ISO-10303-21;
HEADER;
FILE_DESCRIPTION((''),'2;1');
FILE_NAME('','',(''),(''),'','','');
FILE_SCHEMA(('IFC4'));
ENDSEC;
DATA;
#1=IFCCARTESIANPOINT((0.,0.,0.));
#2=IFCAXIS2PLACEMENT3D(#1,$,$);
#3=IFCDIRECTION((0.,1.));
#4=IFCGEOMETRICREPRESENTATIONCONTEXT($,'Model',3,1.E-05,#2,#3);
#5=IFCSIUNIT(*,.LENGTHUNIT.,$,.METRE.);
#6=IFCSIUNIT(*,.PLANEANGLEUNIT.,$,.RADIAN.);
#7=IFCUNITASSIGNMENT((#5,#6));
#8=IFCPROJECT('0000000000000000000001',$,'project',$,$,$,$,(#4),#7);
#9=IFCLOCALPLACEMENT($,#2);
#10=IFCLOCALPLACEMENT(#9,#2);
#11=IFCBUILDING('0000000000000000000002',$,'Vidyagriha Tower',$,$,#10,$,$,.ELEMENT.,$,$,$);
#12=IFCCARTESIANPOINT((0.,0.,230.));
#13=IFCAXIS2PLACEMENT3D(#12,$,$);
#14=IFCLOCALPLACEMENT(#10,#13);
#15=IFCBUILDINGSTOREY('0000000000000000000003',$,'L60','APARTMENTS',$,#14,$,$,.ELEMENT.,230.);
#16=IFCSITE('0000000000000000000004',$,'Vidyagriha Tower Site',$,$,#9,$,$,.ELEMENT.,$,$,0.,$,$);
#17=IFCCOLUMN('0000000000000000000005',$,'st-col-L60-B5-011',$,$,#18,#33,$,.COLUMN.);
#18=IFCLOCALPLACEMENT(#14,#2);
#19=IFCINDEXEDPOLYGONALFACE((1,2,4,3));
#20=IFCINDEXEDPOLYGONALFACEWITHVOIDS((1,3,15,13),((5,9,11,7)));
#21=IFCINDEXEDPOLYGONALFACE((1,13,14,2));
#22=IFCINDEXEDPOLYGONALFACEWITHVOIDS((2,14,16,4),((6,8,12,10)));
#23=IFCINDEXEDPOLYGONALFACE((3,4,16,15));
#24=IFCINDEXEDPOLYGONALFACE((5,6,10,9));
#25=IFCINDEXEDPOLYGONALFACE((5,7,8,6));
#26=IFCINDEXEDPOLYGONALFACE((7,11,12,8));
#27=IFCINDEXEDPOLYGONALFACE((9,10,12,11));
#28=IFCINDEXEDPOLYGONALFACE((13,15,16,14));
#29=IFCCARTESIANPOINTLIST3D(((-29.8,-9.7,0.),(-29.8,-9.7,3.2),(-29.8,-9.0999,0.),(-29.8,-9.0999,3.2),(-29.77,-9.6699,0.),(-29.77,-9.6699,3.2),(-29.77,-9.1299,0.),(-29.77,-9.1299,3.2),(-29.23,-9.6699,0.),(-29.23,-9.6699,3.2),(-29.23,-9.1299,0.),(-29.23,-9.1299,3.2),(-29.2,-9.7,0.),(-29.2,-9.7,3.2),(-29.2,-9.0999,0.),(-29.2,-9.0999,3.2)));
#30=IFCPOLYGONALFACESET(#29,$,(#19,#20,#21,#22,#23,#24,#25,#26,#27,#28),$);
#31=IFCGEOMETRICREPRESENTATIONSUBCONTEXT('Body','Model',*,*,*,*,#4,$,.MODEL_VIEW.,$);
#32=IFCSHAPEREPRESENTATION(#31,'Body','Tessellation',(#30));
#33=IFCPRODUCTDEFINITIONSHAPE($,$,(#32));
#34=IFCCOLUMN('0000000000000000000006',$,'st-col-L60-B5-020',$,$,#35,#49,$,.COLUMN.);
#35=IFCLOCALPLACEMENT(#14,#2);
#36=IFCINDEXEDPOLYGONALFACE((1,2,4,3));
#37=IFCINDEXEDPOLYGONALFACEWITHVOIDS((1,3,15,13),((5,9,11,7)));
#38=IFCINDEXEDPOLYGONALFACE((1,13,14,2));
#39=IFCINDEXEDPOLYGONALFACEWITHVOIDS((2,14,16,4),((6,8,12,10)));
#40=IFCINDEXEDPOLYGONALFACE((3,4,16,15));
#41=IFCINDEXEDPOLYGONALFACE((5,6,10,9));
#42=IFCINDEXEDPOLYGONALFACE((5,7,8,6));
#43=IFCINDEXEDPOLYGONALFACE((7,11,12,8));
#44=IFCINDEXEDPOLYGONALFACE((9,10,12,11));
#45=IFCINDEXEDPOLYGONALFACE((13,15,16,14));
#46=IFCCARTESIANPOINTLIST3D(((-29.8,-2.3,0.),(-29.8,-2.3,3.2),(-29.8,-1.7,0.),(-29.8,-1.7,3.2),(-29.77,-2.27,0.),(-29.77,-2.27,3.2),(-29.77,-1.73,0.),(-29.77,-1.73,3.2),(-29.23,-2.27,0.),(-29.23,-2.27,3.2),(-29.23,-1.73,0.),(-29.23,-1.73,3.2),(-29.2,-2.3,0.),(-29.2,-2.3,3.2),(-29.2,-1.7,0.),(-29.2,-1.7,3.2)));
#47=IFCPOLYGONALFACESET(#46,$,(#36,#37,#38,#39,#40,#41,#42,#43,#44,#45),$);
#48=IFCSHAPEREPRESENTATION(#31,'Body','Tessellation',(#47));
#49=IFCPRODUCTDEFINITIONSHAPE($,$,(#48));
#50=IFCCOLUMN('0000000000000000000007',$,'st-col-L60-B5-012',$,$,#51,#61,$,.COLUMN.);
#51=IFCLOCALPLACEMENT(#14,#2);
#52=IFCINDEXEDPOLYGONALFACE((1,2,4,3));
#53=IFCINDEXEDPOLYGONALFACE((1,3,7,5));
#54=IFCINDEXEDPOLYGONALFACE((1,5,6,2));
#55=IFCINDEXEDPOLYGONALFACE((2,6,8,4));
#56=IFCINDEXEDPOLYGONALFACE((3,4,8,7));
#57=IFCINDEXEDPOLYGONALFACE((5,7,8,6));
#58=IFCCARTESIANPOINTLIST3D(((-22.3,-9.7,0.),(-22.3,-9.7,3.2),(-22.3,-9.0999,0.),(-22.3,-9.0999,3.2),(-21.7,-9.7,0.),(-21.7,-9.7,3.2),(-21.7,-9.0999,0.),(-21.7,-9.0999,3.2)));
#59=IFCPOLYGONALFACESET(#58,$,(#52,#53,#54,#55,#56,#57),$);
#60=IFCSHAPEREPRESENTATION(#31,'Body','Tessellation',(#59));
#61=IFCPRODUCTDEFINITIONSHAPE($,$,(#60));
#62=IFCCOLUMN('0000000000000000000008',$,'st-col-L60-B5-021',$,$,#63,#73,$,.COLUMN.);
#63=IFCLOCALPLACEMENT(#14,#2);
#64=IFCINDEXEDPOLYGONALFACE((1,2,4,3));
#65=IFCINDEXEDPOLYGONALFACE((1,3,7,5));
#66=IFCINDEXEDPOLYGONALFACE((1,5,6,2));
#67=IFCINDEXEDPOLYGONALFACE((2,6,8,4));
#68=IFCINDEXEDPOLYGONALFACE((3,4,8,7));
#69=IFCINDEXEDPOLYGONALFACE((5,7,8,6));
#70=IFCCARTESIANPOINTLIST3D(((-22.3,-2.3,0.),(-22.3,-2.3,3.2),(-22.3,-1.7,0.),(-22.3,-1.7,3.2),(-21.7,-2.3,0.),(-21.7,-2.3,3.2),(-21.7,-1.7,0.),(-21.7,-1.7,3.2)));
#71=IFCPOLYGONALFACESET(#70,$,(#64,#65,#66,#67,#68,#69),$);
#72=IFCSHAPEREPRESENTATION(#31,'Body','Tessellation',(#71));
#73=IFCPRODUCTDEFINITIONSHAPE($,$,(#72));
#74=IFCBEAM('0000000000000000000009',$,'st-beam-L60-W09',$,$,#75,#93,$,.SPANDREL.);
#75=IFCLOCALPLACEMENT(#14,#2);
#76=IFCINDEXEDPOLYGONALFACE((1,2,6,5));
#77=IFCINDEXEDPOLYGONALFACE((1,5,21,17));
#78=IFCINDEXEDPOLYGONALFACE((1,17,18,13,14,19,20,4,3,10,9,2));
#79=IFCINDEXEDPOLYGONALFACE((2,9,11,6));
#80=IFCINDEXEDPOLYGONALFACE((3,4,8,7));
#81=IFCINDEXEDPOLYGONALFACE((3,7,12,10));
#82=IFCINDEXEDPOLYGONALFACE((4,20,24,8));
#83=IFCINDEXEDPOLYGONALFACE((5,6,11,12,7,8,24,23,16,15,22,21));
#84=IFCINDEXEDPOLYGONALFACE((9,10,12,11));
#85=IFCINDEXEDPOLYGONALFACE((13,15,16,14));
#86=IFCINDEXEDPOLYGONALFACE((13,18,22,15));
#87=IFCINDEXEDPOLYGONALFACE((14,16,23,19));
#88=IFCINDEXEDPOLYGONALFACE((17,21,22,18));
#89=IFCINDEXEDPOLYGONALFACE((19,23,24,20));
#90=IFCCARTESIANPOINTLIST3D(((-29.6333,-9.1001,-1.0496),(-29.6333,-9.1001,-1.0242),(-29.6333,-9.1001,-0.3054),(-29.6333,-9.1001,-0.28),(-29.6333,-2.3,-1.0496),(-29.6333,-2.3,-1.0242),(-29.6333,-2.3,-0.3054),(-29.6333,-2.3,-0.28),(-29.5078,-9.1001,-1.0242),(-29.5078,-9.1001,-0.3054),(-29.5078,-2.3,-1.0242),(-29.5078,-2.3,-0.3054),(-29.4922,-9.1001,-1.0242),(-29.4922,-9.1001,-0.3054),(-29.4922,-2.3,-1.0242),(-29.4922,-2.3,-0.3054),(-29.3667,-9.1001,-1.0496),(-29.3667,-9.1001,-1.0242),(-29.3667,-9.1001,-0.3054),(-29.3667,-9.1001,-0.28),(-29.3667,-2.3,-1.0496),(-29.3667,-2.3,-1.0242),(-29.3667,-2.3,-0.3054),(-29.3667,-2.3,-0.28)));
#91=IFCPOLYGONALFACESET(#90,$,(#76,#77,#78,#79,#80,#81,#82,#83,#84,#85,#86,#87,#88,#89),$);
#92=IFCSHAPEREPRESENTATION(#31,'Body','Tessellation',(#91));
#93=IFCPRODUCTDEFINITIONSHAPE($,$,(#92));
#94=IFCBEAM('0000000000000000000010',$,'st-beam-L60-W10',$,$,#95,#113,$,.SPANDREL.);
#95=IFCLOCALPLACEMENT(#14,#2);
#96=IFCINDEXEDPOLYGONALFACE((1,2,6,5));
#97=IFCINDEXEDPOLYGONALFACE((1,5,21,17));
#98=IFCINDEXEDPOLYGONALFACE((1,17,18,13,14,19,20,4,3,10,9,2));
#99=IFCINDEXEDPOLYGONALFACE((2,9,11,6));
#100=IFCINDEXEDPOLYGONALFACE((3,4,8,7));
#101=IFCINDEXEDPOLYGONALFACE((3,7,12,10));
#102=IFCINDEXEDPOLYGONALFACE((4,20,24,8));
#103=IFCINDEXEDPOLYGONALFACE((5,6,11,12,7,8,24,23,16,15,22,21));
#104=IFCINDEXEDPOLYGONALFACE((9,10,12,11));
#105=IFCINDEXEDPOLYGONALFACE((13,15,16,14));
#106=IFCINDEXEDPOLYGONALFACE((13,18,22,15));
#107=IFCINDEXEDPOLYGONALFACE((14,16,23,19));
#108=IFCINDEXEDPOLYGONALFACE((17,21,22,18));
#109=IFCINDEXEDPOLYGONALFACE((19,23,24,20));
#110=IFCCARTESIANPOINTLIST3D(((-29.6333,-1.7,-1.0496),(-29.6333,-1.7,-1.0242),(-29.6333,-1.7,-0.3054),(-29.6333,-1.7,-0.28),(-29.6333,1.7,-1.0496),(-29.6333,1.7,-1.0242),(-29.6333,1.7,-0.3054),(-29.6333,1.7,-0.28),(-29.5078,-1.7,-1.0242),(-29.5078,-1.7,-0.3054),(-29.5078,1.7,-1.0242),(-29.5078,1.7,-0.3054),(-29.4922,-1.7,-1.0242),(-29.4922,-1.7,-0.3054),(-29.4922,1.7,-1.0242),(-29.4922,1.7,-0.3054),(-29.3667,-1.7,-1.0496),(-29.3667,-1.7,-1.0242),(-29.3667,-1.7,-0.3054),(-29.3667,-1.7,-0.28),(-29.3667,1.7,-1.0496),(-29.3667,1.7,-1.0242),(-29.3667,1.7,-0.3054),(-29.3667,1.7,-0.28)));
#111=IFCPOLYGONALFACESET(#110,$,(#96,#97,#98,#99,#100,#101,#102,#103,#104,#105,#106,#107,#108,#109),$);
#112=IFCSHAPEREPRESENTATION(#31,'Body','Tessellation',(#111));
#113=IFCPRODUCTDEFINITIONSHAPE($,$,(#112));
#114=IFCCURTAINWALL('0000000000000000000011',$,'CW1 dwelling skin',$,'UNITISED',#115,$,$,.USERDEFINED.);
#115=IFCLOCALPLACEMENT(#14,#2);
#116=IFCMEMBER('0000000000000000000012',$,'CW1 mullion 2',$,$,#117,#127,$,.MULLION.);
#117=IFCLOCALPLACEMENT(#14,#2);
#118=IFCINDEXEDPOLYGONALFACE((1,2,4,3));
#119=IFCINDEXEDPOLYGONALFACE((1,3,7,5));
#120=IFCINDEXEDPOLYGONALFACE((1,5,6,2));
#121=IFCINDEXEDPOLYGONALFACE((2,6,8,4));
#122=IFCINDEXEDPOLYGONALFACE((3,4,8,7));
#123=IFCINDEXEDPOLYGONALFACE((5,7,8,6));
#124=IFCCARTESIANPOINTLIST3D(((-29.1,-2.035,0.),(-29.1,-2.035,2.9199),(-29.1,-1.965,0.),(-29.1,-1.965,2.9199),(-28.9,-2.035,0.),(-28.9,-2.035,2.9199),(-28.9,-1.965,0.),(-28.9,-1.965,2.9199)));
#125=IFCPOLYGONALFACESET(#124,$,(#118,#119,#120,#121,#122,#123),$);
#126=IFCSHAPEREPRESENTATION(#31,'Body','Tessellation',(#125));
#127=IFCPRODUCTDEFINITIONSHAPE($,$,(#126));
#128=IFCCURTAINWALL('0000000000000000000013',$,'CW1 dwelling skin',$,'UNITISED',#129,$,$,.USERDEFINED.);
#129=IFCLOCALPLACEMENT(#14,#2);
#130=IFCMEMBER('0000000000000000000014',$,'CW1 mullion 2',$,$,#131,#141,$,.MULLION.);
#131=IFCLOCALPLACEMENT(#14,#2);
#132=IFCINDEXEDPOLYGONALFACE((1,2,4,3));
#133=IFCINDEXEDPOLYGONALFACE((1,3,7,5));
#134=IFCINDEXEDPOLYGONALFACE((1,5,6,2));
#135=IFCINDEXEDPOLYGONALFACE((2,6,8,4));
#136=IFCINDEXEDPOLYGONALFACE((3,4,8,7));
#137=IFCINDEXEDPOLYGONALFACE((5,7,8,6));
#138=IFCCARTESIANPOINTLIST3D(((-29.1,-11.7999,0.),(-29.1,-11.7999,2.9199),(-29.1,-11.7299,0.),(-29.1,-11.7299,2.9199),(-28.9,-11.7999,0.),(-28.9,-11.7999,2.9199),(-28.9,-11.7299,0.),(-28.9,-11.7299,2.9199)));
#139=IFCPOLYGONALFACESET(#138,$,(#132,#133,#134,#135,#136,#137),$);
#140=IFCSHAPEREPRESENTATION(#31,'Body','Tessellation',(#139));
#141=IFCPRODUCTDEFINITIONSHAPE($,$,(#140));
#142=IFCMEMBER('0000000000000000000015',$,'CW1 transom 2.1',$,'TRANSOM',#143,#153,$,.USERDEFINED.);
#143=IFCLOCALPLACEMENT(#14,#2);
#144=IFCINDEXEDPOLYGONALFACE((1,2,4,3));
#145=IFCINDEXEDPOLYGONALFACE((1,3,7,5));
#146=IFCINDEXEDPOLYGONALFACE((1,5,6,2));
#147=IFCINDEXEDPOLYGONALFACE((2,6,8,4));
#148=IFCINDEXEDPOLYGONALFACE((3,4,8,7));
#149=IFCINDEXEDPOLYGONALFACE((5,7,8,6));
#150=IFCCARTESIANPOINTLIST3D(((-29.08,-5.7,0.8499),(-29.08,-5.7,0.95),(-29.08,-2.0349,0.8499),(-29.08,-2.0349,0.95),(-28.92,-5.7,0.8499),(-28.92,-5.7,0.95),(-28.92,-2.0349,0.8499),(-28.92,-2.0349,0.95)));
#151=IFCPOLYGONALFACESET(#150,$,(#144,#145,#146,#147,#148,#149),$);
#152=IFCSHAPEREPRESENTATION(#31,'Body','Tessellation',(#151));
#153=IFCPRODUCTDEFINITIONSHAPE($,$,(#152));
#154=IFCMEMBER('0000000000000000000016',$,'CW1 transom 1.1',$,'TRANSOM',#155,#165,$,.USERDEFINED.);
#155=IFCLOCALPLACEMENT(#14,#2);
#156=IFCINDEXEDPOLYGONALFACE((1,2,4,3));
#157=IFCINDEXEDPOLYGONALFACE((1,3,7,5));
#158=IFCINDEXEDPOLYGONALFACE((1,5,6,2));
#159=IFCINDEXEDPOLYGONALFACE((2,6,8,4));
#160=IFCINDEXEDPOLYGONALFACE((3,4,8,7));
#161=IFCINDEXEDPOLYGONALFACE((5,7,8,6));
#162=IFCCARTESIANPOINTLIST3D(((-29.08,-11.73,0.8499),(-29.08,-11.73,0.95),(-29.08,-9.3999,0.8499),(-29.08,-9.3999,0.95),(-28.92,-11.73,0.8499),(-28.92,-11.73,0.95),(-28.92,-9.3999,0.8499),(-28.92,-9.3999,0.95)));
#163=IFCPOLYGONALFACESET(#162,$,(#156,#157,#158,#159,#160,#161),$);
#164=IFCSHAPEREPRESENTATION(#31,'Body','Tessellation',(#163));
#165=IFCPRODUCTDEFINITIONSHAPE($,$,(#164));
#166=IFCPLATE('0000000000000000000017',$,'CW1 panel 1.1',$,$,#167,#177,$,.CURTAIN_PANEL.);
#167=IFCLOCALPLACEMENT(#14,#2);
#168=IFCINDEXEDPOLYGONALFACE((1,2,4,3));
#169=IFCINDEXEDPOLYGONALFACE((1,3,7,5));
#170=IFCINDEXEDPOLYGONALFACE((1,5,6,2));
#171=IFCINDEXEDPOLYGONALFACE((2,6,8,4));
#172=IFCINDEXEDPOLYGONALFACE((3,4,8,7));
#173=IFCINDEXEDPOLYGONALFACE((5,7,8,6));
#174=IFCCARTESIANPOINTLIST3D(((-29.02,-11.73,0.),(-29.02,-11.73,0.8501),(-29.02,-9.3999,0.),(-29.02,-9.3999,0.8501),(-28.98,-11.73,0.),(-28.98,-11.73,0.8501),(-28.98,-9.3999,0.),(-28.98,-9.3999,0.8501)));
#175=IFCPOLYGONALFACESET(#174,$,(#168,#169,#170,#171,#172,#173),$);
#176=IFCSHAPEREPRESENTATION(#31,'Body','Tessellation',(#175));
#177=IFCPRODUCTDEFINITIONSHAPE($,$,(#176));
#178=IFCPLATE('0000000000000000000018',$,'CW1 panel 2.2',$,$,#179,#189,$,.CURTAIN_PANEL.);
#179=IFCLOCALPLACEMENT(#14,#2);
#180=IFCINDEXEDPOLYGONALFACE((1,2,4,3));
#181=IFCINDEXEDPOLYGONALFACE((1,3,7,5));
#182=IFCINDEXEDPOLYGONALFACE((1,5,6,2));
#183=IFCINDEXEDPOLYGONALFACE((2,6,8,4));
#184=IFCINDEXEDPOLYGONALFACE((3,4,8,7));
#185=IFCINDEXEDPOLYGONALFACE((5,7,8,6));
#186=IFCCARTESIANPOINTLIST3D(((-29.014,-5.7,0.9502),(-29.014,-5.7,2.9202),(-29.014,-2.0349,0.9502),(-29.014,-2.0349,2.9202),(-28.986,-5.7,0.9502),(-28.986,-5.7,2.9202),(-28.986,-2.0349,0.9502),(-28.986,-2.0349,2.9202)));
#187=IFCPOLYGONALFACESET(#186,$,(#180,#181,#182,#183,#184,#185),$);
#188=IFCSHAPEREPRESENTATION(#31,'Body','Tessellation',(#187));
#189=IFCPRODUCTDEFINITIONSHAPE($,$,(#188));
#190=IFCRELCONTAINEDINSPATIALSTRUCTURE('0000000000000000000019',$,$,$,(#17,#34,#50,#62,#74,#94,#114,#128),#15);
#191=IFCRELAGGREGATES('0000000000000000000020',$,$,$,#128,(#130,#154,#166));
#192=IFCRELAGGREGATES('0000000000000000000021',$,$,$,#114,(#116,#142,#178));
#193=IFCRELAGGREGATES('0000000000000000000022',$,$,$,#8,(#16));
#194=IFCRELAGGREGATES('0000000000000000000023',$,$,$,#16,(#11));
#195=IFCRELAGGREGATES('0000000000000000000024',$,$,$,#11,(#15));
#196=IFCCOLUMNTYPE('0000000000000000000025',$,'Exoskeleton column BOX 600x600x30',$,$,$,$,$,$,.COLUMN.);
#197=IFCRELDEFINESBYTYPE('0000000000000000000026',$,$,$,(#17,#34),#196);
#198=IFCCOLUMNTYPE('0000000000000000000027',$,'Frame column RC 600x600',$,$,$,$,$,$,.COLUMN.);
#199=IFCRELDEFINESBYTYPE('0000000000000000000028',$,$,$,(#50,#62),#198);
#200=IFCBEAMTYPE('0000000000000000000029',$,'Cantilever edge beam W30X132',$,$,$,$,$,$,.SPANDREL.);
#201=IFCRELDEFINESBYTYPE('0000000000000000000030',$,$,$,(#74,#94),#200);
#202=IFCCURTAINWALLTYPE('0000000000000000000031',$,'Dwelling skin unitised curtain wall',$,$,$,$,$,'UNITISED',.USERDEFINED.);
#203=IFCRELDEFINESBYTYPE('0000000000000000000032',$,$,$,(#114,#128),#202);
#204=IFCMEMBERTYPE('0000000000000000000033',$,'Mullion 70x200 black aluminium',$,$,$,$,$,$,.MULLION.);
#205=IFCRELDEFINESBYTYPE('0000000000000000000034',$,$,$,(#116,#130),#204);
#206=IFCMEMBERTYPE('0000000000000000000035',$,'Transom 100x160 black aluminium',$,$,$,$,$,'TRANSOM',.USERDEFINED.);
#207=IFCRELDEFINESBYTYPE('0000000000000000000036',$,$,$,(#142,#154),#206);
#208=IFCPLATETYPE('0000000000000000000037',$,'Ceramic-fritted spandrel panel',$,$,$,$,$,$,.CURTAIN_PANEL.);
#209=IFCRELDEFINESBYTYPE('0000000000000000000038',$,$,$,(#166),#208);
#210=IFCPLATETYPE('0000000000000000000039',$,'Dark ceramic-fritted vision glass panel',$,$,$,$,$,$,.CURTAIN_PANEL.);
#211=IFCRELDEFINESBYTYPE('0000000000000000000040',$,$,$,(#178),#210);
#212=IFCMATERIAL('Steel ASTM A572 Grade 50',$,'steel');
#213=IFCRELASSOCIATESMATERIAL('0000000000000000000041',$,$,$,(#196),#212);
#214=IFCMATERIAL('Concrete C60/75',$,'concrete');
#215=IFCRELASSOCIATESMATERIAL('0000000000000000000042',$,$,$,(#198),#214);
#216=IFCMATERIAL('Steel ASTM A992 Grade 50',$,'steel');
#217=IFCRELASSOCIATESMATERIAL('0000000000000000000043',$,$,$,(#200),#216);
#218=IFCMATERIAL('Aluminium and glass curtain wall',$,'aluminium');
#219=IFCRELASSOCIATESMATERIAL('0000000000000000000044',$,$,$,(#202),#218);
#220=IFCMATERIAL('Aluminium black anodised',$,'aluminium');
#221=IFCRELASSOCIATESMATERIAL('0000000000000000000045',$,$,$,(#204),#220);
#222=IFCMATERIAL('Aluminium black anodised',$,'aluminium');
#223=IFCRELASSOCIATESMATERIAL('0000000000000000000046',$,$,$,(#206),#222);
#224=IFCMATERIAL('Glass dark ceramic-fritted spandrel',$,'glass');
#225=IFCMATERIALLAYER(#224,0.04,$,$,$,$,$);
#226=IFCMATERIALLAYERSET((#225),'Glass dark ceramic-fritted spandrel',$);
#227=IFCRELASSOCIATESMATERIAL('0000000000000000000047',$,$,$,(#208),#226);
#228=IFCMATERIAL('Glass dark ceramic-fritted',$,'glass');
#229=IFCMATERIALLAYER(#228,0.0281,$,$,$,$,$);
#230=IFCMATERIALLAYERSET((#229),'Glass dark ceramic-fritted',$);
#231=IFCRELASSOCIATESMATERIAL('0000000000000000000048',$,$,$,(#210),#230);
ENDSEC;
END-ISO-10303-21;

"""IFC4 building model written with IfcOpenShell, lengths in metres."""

from ifc_helpers import new_model, si_unit, direction, frame, origin, origin_2d, place, context, subcontext, project, spatial, rectangle, hollow_rectangle, i_section, extrude, material, layer, layer_set, material_profile, profile_set, type_object, element, aggregate, save


model = new_model("IFC4")

# Units and contexts
model_context = context("Model", 3, precision=1e-05, world=origin(), true_north=direction((0.0, 1.0)))
body_context = subcontext(model_context, "Body", "Model", "MODEL_VIEW")
ifc_project = project(units=[si_unit("LENGTHUNIT", "METRE"), si_unit("PLANEANGLEUNIT", "RADIAN")], contexts=[model_context])

# Site, building, storey
site_placement = place(None, origin())
site = spatial("IfcSite", under=ifc_project, at=site_placement, Name="Vidyagriha Tower Site", CompositionType="ELEMENT", RefElevation=0.0)
building_placement = place(site_placement, origin())
building = spatial("IfcBuilding", under=site, at=building_placement, Name="Vidyagriha Tower", CompositionType="ELEMENT")
storey_placement = place(building_placement, frame((0.0, 0.0, 230.0)))
storey = spatial("IfcBuildingStorey", under=building, at=storey_placement, Name="L60", Description="APARTMENTS", CompositionType="ELEMENT", Elevation=230.0)

# Columns
ifc_material_1 = material(Name="Steel ASTM A572 Grade 50", Category="steel")
ifc_material_profile_1 = material_profile(ifc_material_1, hollow_rectangle(XDim=0.6001, YDim=0.6001, WallThickness=0.03, at=origin_2d()), Name="BOX 600x600x30")
ifc_profile_set_1 = profile_set([ifc_material_profile_1], Name="Steel ASTM A572 Grade 50")
column_type_1 = type_object("IfcColumnType", Name="Exoskeleton column BOX 600x600x30", PredefinedType="COLUMN", material=ifc_profile_set_1)
for number, where, name in (
    (1, (-29.5, -9.3999, 0.0), "st-col-L60-B5-011"),
    (2, (-29.5, -2.0, 0.0), "st-col-L60-B5-020"),
):
    element("IfcColumn", number, at=place(storey_placement, frame(where)), inside=storey, type_object=column_type_1, Name=name, PredefinedType="COLUMN", context=body_context, shape_type="SweptSolid", body=[
        extrude(hollow_rectangle(XDim=0.6001, YDim=0.6001, WallThickness=0.03, at=origin_2d()), origin(), (0.0, 0.0, 1.0), 3.2),
    ])
ifc_material_2 = material(Name="Concrete C60/75", Category="concrete")
ifc_material_profile_2 = material_profile(ifc_material_2, rectangle(XDim=0.6001, YDim=0.6001, at=origin_2d()), Name="RC 600x600")
ifc_profile_set_2 = profile_set([ifc_material_profile_2], Name="Concrete C60/75")
column_type_2 = type_object("IfcColumnType", Name="Frame column RC 600x600", PredefinedType="COLUMN", material=ifc_profile_set_2)
for number, where, name in (
    (3, (-22.0, -9.3999, 0.0), "st-col-L60-B5-012"),
    (4, (-22.0, -2.0, 0.0), "st-col-L60-B5-021"),
):
    element("IfcColumn", number, at=place(storey_placement, frame(where)), inside=storey, type_object=column_type_2, Name=name, PredefinedType="COLUMN", context=body_context, shape_type="SweptSolid", body=[
        extrude(rectangle(XDim=0.6001, YDim=0.6001, at=origin_2d()), origin(), (0.0, 0.0, 1.0), 3.2),
    ])

# Beams
ifc_material_3 = material(Name="Steel ASTM A992 Grade 50", Category="steel")
ifc_material_profile_3 = material_profile(ifc_material_3, i_section(OverallWidth=0.2666, OverallDepth=0.7695, WebThickness=0.0156, FlangeThickness=0.0254, at=origin_2d()), Name="W30X132")
ifc_profile_set_3 = profile_set([ifc_material_profile_3], Name="Steel ASTM A992 Grade 50")
beam_type = type_object("IfcBeamType", Name="Cantilever edge beam W30X132", PredefinedType="SPANDREL", material=ifc_profile_set_3)
beam_1_placement = place(storey_placement, frame((-29.5, -9.1001, -0.6648), z_axis=(0.0, 1.0, 0.0), x_axis=(-1.0, 0.0, 0.0)))
element("IfcBeam", 5, at=beam_1_placement, inside=storey, type_object=beam_type, Name="st-beam-L60-W09", PredefinedType="SPANDREL", context=body_context, shape_type="SweptSolid", body=[
    extrude(i_section(OverallWidth=0.2666, OverallDepth=0.7695, WebThickness=0.0156, FlangeThickness=0.0254, at=origin_2d()), origin(), (0.0, 0.0, 1.0), 6.8),
])
beam_2_placement = place(storey_placement, frame((-29.5, -1.7, -0.6648), z_axis=(0.0, 1.0, 0.0), x_axis=(-1.0, 0.0, 0.0)))
element("IfcBeam", 6, at=beam_2_placement, inside=storey, type_object=beam_type, Name="st-beam-L60-W10", PredefinedType="SPANDREL", context=body_context, shape_type="SweptSolid", body=[
    extrude(i_section(OverallWidth=0.2666, OverallDepth=0.7695, WebThickness=0.0156, FlangeThickness=0.0254, at=origin_2d()), origin(), (0.0, 0.0, 1.0), 3.3999),
])

# Curtain walls, members
ifc_material_4 = material(Name="Aluminium and glass curtain wall", Category="aluminium")
curtain_wall_type = type_object("IfcCurtainWallType", Name="Dwelling skin unitised curtain wall", ElementType="UNITISED", PredefinedType="USERDEFINED", material=ifc_material_4)
curtain_wall_1_placement = place(storey_placement, origin())
curtain_wall_1 = element("IfcCurtainWall", 7, at=curtain_wall_1_placement, inside=storey, type_object=curtain_wall_type, Name="CW1 dwelling skin", ObjectType="UNITISED", PredefinedType="USERDEFINED")
ifc_material_5 = material(Name="Aluminium black anodised", Category="aluminium")
ifc_material_profile_4 = material_profile(ifc_material_5, rectangle(XDim=0.2, YDim=0.0701, at=origin_2d()), Name="Mullion 70x200 black aluminium")
ifc_profile_set_4 = profile_set([ifc_material_profile_4], Name="Aluminium black anodised")
member_type_1 = type_object("IfcMemberType", Name="Mullion 70x200 black aluminium", PredefinedType="MULLION", material=ifc_profile_set_4)
member_1_placement = place(storey_placement, frame((-29.0, -2.0, 0.0)))
member_1 = element("IfcMember", 8, at=member_1_placement, type_object=member_type_1, Name="CW1 mullion 2", PredefinedType="MULLION", context=body_context, shape_type="SweptSolid", body=[
    extrude(rectangle(XDim=0.2, YDim=0.0701, at=origin_2d()), origin(), (0.0, 0.0, 1.0), 2.9199),
])
curtain_wall_2_placement = place(storey_placement, origin())
curtain_wall_2 = element("IfcCurtainWall", 9, at=curtain_wall_2_placement, inside=storey, type_object=curtain_wall_type, Name="CW1 dwelling skin", ObjectType="UNITISED", PredefinedType="USERDEFINED")
member_2_placement = place(storey_placement, frame((-29.0, -11.7649, 0.0)))
member_2 = element("IfcMember", 10, at=member_2_placement, type_object=member_type_1, Name="CW1 mullion 2", PredefinedType="MULLION", context=body_context, shape_type="SweptSolid", body=[
    extrude(rectangle(XDim=0.2, YDim=0.0701, at=origin_2d()), origin(), (0.0, 0.0, 1.0), 2.9199),
])

# Members
ifc_material_6 = material(Name="Aluminium black anodised", Category="aluminium")
ifc_material_profile_5 = material_profile(ifc_material_6, rectangle(XDim=0.1599, YDim=0.1001, at=origin_2d()), Name="Transom 100x160 black aluminium")
ifc_profile_set_5 = profile_set([ifc_material_profile_5], Name="Aluminium black anodised")
member_type_2 = type_object("IfcMemberType", Name="Transom 100x160 black aluminium", ElementType="TRANSOM", PredefinedType="USERDEFINED", material=ifc_profile_set_5)
member_3_placement = place(storey_placement, frame((-29.0, -2.0349, 0.8999), z_axis=(0.0, -1.0, 0.0), x_axis=(1.0, 0.0, 0.0)))
member_3 = element("IfcMember", 11, at=member_3_placement, type_object=member_type_2, Name="CW1 transom 2.1", ObjectType="TRANSOM", PredefinedType="USERDEFINED", context=body_context, shape_type="SweptSolid", body=[
    extrude(rectangle(XDim=0.1599, YDim=0.1001, at=origin_2d()), origin(), (0.0, 0.0, 1.0), 3.665),
])
member_4_placement = place(storey_placement, frame((-29.0, -9.3999, 0.8999), z_axis=(0.0, -1.0, 0.0), x_axis=(1.0, 0.0, 0.0)))
member_4 = element("IfcMember", 12, at=member_4_placement, type_object=member_type_2, Name="CW1 transom 1.1", ObjectType="TRANSOM", PredefinedType="USERDEFINED", context=body_context, shape_type="SweptSolid", body=[
    extrude(rectangle(XDim=0.1599, YDim=0.1001, at=origin_2d()), origin(), (0.0, 0.0, 1.0), 2.3301),
])

# Plates
ifc_material_7 = material(Name="Glass dark ceramic-fritted spandrel", Category="glass")
ifc_layer_1 = layer(ifc_material_7, 0.04)
ifc_layer_set_1 = layer_set([ifc_layer_1], Name="Glass dark ceramic-fritted spandrel")
plate_type_1 = type_object("IfcPlateType", Name="Ceramic-fritted spandrel panel", PredefinedType="CURTAIN_PANEL", material=ifc_layer_set_1)
plate_1_placement = place(storey_placement, frame((-29.0, -10.5649, 0.0), z_axis=(0.0, 0.0, 1.0), x_axis=(0.0, -1.0, 0.0)))
plate_1 = element("IfcPlate", 13, at=plate_1_placement, type_object=plate_type_1, Name="CW1 panel 1.1", PredefinedType="CURTAIN_PANEL", context=body_context, shape_type="SweptSolid", body=[
    extrude(rectangle(XDim=2.3301, YDim=0.04, at=origin_2d()), origin(), (0.0, 0.0, 1.0), 0.8501),
])
ifc_material_8 = material(Name="Glass dark ceramic-fritted", Category="glass")
ifc_layer_2 = layer(ifc_material_8, 0.0281)
ifc_layer_set_2 = layer_set([ifc_layer_2], Name="Glass dark ceramic-fritted")
plate_type_2 = type_object("IfcPlateType", Name="Dark ceramic-fritted vision glass panel", PredefinedType="CURTAIN_PANEL", material=ifc_layer_set_2)
plate_2_placement = place(storey_placement, frame((-29.0, -3.8674, 0.9502), z_axis=(0.0, 0.0, 1.0), x_axis=(0.0, -1.0, 0.0)))
plate_2 = element("IfcPlate", 14, at=plate_2_placement, type_object=plate_type_2, Name="CW1 panel 2.2", PredefinedType="CURTAIN_PANEL", context=body_context, shape_type="SweptSolid", body=[
    extrude(rectangle(XDim=3.665, YDim=0.0281, at=origin_2d()), origin(), (0.0, 0.0, 1.0), 1.97),
])
aggregate(curtain_wall_2, [member_2, member_4, plate_1])
aggregate(curtain_wall_1, [member_1, member_3, plate_2])

save(model, "model.ifc")
